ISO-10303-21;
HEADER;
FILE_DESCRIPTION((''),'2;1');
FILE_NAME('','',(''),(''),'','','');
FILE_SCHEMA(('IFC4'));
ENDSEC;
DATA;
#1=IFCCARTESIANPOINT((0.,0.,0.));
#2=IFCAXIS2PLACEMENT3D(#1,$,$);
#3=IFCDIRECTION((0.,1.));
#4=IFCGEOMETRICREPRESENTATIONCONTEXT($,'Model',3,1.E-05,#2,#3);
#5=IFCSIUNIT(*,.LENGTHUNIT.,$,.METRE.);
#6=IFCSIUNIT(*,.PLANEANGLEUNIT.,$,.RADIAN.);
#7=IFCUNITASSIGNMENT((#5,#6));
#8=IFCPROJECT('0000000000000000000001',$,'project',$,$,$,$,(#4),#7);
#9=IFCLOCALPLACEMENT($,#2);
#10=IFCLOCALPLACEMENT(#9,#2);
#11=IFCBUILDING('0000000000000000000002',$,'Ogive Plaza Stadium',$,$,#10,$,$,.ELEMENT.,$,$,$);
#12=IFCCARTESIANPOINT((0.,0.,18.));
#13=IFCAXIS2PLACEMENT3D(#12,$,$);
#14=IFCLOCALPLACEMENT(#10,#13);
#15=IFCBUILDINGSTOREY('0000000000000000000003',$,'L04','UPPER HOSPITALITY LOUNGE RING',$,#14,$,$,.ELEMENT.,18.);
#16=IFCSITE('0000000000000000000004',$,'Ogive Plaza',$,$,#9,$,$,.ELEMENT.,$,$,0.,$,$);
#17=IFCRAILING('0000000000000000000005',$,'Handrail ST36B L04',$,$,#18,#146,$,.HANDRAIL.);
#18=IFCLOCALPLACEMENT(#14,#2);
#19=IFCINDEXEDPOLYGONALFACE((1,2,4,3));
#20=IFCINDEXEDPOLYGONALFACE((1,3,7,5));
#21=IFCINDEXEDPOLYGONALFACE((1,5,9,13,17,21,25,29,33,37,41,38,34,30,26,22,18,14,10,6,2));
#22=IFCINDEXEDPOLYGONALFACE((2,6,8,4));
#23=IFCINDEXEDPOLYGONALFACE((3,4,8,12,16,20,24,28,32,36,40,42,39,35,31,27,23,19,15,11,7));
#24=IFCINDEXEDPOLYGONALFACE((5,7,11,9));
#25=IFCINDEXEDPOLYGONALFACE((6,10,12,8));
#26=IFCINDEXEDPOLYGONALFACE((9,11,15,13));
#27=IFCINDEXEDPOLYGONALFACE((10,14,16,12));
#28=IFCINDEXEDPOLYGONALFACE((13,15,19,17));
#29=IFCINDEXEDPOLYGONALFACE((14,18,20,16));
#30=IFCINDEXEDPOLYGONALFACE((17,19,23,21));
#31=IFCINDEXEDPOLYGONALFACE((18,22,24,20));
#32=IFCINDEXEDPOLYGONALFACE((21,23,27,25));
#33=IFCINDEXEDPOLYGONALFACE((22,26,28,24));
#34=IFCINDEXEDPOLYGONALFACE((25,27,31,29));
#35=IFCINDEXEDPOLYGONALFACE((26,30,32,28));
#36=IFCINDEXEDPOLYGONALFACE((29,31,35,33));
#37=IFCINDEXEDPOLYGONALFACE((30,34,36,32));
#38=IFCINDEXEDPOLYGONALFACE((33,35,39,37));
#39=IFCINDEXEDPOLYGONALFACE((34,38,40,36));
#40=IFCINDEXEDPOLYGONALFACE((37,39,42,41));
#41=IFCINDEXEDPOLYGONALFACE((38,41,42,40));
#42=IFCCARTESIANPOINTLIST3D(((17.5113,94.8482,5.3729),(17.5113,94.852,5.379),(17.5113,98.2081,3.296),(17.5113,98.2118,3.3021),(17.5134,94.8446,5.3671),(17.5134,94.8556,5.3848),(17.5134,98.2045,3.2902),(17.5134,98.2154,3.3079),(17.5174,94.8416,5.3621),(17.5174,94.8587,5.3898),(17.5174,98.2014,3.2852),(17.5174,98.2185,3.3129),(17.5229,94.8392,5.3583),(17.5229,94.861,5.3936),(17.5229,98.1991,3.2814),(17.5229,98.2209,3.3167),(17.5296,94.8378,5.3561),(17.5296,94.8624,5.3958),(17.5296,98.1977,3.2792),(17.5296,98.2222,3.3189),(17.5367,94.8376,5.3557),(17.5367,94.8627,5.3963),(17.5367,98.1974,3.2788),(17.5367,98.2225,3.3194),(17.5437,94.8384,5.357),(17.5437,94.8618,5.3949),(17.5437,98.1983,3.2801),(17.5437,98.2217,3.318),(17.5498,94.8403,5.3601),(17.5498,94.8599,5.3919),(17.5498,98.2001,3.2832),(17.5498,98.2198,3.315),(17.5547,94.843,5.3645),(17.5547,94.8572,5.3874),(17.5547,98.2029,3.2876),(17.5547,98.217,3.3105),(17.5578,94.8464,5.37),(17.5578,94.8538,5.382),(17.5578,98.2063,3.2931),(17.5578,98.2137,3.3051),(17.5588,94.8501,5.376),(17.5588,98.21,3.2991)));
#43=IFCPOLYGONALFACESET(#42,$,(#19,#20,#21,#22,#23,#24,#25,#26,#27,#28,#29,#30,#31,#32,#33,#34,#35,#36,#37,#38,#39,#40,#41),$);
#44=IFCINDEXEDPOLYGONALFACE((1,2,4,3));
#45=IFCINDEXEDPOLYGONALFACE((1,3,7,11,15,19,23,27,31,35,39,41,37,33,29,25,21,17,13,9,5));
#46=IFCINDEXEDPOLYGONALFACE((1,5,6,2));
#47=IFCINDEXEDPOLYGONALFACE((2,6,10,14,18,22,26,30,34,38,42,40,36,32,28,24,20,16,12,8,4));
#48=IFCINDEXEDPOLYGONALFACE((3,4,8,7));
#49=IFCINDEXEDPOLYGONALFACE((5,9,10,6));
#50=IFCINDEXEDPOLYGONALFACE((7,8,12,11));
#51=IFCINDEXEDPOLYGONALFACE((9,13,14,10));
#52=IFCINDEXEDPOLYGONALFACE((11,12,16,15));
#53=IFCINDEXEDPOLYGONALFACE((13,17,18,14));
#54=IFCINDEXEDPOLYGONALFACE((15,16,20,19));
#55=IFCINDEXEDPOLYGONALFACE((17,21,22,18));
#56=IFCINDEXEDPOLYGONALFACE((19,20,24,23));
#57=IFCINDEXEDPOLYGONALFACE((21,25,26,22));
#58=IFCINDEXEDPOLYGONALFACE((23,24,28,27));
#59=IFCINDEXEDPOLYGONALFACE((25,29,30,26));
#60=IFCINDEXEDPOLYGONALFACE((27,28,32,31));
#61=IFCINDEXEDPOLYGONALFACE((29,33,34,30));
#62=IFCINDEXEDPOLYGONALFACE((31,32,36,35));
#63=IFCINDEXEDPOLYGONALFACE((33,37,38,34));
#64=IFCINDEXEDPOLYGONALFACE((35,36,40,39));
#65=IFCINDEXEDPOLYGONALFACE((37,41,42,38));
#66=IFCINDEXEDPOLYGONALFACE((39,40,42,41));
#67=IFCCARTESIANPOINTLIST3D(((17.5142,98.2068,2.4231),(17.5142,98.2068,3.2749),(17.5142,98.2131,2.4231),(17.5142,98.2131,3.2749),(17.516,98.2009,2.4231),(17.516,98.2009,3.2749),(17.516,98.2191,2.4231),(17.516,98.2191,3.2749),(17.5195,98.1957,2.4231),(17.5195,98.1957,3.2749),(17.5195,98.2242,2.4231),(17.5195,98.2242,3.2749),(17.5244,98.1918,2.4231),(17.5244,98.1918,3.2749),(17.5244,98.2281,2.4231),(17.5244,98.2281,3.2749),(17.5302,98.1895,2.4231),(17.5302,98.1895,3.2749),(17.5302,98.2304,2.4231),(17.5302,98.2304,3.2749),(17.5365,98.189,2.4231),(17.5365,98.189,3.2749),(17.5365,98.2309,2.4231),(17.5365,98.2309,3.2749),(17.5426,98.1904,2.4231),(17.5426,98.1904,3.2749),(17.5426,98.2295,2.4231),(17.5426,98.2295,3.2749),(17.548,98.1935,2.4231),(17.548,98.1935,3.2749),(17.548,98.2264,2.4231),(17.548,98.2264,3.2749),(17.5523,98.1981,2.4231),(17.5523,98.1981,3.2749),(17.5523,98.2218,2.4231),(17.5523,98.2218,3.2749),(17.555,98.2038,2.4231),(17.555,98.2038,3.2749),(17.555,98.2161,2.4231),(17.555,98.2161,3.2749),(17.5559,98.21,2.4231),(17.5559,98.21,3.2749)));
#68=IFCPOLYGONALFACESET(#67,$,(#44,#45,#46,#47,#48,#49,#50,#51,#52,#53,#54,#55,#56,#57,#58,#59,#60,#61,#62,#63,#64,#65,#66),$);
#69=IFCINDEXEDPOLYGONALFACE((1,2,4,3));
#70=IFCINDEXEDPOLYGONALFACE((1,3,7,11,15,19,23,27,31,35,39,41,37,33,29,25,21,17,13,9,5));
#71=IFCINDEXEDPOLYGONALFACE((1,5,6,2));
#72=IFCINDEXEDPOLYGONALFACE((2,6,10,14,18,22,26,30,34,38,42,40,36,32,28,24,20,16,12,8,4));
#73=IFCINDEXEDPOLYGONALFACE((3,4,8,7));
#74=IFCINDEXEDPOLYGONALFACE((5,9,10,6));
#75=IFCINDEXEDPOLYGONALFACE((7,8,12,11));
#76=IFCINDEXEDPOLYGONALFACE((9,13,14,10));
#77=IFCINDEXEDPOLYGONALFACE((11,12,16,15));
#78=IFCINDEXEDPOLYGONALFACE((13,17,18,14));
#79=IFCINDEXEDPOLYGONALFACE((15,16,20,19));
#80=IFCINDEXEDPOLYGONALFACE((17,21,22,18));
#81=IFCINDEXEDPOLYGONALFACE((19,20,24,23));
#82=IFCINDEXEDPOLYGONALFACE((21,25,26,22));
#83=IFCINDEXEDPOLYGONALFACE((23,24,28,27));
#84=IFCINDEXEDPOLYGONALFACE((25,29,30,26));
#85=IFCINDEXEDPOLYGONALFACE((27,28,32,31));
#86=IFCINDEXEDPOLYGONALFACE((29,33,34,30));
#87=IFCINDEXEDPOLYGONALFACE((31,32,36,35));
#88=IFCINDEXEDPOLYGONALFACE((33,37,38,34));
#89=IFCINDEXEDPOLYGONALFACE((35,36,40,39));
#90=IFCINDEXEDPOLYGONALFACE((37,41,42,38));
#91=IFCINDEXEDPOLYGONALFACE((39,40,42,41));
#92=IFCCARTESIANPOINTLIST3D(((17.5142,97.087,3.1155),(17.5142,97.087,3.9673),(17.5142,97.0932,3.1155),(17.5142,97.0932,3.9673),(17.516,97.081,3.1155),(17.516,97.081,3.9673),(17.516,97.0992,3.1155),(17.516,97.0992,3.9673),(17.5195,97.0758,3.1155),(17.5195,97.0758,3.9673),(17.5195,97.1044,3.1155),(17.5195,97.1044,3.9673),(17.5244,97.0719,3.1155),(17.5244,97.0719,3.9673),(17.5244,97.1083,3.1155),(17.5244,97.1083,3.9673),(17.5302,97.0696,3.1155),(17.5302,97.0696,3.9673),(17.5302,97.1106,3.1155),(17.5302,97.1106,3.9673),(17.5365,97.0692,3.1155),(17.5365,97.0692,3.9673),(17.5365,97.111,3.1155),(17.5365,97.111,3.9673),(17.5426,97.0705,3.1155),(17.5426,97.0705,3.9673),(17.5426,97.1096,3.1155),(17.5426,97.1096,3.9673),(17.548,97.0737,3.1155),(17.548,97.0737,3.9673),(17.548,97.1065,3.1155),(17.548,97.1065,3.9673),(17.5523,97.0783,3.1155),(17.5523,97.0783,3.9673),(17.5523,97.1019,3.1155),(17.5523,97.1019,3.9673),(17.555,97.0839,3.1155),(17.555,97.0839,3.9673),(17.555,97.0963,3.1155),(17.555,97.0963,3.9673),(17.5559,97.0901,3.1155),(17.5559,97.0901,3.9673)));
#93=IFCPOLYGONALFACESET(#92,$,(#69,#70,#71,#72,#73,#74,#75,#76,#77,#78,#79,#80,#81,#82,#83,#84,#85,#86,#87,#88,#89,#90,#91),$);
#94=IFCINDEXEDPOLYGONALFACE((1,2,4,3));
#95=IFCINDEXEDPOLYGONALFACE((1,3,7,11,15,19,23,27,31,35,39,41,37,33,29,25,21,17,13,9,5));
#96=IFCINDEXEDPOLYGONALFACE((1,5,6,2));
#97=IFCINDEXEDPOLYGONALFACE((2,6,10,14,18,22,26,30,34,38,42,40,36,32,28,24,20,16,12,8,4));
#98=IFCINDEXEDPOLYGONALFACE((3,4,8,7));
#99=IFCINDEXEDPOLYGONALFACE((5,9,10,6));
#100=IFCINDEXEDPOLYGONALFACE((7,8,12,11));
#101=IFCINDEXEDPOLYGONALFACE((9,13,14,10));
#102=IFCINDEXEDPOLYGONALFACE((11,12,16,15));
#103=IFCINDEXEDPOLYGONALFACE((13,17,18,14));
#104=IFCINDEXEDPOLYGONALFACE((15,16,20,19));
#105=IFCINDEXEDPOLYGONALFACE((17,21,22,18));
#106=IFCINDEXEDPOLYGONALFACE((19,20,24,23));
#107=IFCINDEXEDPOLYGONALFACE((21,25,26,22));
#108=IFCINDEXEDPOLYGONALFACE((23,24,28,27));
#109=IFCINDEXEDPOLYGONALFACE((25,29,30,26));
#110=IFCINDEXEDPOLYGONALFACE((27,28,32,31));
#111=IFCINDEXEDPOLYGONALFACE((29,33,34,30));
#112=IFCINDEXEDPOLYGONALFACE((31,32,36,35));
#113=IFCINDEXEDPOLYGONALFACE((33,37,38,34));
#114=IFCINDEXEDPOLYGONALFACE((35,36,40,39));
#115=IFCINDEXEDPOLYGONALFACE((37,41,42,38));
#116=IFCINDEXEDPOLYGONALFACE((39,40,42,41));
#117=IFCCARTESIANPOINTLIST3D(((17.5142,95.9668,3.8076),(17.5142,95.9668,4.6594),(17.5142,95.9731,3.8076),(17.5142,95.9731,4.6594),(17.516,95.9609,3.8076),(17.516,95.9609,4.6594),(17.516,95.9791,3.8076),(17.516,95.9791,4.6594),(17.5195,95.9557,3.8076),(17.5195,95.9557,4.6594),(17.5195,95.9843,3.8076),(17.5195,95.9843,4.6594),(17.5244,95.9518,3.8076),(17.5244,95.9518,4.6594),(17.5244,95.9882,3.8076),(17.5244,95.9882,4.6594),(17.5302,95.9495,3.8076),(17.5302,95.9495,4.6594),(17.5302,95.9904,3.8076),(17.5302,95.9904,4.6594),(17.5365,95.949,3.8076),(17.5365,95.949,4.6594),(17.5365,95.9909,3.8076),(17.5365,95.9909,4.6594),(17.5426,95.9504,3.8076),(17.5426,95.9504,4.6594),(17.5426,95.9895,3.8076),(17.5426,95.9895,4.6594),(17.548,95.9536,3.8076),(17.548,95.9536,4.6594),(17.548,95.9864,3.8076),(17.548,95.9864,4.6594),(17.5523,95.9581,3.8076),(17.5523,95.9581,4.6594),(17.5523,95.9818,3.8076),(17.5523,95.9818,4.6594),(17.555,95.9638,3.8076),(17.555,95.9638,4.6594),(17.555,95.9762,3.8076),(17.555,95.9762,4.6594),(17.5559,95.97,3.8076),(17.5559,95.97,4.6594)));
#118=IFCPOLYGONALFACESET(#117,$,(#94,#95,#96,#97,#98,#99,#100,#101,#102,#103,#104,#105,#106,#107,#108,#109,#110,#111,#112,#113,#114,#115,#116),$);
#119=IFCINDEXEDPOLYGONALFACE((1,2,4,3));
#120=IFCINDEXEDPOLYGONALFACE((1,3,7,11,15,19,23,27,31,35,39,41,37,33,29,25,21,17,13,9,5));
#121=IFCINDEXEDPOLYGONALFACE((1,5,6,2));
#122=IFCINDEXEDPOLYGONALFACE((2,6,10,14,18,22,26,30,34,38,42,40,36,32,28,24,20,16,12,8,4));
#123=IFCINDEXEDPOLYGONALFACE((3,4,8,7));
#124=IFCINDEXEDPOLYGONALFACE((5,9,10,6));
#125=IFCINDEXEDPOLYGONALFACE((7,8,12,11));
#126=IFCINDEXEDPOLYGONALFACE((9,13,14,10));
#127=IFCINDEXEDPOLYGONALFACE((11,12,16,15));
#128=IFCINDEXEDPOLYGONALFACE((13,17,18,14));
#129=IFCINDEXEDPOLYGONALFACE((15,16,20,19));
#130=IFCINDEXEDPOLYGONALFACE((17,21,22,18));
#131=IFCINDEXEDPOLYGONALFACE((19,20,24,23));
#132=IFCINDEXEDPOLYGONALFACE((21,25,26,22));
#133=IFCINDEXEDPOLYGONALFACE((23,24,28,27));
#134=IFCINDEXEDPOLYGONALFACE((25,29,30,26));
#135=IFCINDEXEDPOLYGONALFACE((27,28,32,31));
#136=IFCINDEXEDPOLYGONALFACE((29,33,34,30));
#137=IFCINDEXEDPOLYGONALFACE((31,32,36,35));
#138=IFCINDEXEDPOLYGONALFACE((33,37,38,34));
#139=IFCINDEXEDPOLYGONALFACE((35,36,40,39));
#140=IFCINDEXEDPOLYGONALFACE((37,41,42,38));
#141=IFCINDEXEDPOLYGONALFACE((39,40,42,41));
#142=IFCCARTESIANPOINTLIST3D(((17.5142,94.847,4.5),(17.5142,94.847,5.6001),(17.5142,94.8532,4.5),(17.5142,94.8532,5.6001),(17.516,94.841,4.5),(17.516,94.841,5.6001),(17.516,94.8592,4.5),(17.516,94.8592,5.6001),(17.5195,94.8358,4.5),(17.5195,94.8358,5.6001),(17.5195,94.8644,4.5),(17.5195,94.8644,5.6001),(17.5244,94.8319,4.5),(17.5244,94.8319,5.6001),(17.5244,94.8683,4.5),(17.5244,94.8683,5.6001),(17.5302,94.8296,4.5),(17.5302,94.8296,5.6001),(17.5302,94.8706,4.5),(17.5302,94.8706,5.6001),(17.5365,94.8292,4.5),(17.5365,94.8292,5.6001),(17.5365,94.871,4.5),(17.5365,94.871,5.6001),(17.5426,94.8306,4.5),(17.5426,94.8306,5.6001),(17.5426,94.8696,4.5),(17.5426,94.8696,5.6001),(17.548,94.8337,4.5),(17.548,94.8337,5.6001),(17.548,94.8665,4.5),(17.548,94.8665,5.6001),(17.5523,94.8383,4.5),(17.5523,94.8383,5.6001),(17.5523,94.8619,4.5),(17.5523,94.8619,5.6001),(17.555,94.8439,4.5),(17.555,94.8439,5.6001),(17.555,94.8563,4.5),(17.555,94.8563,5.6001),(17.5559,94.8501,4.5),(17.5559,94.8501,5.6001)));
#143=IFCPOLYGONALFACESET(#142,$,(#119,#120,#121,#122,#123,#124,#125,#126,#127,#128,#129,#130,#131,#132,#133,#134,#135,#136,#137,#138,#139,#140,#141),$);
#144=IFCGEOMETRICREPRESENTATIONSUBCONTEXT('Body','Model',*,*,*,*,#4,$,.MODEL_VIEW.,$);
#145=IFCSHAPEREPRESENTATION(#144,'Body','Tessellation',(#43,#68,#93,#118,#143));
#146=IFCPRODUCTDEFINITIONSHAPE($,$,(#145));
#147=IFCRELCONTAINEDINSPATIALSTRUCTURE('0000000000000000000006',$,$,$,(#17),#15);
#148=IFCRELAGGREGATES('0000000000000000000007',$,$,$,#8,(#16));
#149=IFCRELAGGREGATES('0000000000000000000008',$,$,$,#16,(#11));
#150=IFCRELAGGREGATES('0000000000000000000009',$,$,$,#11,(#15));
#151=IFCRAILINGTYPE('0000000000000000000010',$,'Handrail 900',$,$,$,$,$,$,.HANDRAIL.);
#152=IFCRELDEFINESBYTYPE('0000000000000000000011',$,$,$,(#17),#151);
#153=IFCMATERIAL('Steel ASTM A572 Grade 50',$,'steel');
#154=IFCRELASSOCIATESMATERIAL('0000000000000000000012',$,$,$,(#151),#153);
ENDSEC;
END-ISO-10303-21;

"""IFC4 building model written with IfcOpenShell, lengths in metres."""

from ifc_helpers import new_model, si_unit, direction, frame, origin, origin_2d, place, context, subcontext, project, spatial, circle, extrude, material, type_object, element, save


model = new_model("IFC4")

# Units and contexts
model_context = context("Model", 3, precision=1e-05, world=origin(), true_north=direction((0.0, 1.0)))
body_context = subcontext(model_context, "Body", "Model", "MODEL_VIEW")
ifc_project = project(units=[si_unit("LENGTHUNIT", "METRE"), si_unit("PLANEANGLEUNIT", "RADIAN")], contexts=[model_context])

# Site, building, storey
site_placement = place(None, origin())
site = spatial("IfcSite", under=ifc_project, at=site_placement, Name="Ogive Plaza", CompositionType="ELEMENT", RefElevation=0.0)
building_placement = place(site_placement, origin())
building = spatial("IfcBuilding", under=site, at=building_placement, Name="Ogive Plaza Stadium", CompositionType="ELEMENT")
storey_placement = place(building_placement, frame((0.0, 0.0, 18.0)))
storey = spatial("IfcBuildingStorey", under=building, at=storey_placement, Name="L04", Description="UPPER HOSPITALITY LOUNGE RING", CompositionType="ELEMENT", Elevation=18.0)

# Railing
ifc_material_1 = material(Name="Steel ASTM A572 Grade 50", Category="steel")
railing_type_1 = type_object("IfcRailingType", Name="Handrail 900", PredefinedType="HANDRAIL", material=ifc_material_1)
for number, where, name in (
    (1, (17.5349, 98.21, 2.4231), "Handrail ST36B L04"),
):
    element("IfcRailing", number, at=place(storey_placement, frame(where)), inside=storey, type_object=railing_type_1, Name=name, PredefinedType="HANDRAIL", context=body_context, shape_type="SweptSolid", body=[
        extrude(circle(Radius=0.0239, at=origin_2d()), frame((0.0, 0.0, 0.876), z_axis=(0.0, -0.850606, 0.525803), x_axis=(1.0, 0.0, 0.0)), (0.0, 0.0, 1.0), 3.95),
        extrude(circle(Radius=0.021, at=origin_2d()), origin(), (0.0, 0.0, 1.0), 0.8518),
        extrude(circle(Radius=0.021, at=origin_2d()), frame((0.0, -1.1199, 0.6924)), (0.0, 0.0, 1.0), 0.8518),
        extrude(circle(Radius=0.021, at=origin_2d()), frame((0.0, -2.24, 1.3845)), (0.0, 0.0, 1.0), 0.8518),
        extrude(circle(Radius=0.021, at=origin_2d()), frame((0.0, -3.3599, 2.0769)), (0.0, 0.0, 1.0), 1.1001),
    ])

save(model, "model.ifc")
